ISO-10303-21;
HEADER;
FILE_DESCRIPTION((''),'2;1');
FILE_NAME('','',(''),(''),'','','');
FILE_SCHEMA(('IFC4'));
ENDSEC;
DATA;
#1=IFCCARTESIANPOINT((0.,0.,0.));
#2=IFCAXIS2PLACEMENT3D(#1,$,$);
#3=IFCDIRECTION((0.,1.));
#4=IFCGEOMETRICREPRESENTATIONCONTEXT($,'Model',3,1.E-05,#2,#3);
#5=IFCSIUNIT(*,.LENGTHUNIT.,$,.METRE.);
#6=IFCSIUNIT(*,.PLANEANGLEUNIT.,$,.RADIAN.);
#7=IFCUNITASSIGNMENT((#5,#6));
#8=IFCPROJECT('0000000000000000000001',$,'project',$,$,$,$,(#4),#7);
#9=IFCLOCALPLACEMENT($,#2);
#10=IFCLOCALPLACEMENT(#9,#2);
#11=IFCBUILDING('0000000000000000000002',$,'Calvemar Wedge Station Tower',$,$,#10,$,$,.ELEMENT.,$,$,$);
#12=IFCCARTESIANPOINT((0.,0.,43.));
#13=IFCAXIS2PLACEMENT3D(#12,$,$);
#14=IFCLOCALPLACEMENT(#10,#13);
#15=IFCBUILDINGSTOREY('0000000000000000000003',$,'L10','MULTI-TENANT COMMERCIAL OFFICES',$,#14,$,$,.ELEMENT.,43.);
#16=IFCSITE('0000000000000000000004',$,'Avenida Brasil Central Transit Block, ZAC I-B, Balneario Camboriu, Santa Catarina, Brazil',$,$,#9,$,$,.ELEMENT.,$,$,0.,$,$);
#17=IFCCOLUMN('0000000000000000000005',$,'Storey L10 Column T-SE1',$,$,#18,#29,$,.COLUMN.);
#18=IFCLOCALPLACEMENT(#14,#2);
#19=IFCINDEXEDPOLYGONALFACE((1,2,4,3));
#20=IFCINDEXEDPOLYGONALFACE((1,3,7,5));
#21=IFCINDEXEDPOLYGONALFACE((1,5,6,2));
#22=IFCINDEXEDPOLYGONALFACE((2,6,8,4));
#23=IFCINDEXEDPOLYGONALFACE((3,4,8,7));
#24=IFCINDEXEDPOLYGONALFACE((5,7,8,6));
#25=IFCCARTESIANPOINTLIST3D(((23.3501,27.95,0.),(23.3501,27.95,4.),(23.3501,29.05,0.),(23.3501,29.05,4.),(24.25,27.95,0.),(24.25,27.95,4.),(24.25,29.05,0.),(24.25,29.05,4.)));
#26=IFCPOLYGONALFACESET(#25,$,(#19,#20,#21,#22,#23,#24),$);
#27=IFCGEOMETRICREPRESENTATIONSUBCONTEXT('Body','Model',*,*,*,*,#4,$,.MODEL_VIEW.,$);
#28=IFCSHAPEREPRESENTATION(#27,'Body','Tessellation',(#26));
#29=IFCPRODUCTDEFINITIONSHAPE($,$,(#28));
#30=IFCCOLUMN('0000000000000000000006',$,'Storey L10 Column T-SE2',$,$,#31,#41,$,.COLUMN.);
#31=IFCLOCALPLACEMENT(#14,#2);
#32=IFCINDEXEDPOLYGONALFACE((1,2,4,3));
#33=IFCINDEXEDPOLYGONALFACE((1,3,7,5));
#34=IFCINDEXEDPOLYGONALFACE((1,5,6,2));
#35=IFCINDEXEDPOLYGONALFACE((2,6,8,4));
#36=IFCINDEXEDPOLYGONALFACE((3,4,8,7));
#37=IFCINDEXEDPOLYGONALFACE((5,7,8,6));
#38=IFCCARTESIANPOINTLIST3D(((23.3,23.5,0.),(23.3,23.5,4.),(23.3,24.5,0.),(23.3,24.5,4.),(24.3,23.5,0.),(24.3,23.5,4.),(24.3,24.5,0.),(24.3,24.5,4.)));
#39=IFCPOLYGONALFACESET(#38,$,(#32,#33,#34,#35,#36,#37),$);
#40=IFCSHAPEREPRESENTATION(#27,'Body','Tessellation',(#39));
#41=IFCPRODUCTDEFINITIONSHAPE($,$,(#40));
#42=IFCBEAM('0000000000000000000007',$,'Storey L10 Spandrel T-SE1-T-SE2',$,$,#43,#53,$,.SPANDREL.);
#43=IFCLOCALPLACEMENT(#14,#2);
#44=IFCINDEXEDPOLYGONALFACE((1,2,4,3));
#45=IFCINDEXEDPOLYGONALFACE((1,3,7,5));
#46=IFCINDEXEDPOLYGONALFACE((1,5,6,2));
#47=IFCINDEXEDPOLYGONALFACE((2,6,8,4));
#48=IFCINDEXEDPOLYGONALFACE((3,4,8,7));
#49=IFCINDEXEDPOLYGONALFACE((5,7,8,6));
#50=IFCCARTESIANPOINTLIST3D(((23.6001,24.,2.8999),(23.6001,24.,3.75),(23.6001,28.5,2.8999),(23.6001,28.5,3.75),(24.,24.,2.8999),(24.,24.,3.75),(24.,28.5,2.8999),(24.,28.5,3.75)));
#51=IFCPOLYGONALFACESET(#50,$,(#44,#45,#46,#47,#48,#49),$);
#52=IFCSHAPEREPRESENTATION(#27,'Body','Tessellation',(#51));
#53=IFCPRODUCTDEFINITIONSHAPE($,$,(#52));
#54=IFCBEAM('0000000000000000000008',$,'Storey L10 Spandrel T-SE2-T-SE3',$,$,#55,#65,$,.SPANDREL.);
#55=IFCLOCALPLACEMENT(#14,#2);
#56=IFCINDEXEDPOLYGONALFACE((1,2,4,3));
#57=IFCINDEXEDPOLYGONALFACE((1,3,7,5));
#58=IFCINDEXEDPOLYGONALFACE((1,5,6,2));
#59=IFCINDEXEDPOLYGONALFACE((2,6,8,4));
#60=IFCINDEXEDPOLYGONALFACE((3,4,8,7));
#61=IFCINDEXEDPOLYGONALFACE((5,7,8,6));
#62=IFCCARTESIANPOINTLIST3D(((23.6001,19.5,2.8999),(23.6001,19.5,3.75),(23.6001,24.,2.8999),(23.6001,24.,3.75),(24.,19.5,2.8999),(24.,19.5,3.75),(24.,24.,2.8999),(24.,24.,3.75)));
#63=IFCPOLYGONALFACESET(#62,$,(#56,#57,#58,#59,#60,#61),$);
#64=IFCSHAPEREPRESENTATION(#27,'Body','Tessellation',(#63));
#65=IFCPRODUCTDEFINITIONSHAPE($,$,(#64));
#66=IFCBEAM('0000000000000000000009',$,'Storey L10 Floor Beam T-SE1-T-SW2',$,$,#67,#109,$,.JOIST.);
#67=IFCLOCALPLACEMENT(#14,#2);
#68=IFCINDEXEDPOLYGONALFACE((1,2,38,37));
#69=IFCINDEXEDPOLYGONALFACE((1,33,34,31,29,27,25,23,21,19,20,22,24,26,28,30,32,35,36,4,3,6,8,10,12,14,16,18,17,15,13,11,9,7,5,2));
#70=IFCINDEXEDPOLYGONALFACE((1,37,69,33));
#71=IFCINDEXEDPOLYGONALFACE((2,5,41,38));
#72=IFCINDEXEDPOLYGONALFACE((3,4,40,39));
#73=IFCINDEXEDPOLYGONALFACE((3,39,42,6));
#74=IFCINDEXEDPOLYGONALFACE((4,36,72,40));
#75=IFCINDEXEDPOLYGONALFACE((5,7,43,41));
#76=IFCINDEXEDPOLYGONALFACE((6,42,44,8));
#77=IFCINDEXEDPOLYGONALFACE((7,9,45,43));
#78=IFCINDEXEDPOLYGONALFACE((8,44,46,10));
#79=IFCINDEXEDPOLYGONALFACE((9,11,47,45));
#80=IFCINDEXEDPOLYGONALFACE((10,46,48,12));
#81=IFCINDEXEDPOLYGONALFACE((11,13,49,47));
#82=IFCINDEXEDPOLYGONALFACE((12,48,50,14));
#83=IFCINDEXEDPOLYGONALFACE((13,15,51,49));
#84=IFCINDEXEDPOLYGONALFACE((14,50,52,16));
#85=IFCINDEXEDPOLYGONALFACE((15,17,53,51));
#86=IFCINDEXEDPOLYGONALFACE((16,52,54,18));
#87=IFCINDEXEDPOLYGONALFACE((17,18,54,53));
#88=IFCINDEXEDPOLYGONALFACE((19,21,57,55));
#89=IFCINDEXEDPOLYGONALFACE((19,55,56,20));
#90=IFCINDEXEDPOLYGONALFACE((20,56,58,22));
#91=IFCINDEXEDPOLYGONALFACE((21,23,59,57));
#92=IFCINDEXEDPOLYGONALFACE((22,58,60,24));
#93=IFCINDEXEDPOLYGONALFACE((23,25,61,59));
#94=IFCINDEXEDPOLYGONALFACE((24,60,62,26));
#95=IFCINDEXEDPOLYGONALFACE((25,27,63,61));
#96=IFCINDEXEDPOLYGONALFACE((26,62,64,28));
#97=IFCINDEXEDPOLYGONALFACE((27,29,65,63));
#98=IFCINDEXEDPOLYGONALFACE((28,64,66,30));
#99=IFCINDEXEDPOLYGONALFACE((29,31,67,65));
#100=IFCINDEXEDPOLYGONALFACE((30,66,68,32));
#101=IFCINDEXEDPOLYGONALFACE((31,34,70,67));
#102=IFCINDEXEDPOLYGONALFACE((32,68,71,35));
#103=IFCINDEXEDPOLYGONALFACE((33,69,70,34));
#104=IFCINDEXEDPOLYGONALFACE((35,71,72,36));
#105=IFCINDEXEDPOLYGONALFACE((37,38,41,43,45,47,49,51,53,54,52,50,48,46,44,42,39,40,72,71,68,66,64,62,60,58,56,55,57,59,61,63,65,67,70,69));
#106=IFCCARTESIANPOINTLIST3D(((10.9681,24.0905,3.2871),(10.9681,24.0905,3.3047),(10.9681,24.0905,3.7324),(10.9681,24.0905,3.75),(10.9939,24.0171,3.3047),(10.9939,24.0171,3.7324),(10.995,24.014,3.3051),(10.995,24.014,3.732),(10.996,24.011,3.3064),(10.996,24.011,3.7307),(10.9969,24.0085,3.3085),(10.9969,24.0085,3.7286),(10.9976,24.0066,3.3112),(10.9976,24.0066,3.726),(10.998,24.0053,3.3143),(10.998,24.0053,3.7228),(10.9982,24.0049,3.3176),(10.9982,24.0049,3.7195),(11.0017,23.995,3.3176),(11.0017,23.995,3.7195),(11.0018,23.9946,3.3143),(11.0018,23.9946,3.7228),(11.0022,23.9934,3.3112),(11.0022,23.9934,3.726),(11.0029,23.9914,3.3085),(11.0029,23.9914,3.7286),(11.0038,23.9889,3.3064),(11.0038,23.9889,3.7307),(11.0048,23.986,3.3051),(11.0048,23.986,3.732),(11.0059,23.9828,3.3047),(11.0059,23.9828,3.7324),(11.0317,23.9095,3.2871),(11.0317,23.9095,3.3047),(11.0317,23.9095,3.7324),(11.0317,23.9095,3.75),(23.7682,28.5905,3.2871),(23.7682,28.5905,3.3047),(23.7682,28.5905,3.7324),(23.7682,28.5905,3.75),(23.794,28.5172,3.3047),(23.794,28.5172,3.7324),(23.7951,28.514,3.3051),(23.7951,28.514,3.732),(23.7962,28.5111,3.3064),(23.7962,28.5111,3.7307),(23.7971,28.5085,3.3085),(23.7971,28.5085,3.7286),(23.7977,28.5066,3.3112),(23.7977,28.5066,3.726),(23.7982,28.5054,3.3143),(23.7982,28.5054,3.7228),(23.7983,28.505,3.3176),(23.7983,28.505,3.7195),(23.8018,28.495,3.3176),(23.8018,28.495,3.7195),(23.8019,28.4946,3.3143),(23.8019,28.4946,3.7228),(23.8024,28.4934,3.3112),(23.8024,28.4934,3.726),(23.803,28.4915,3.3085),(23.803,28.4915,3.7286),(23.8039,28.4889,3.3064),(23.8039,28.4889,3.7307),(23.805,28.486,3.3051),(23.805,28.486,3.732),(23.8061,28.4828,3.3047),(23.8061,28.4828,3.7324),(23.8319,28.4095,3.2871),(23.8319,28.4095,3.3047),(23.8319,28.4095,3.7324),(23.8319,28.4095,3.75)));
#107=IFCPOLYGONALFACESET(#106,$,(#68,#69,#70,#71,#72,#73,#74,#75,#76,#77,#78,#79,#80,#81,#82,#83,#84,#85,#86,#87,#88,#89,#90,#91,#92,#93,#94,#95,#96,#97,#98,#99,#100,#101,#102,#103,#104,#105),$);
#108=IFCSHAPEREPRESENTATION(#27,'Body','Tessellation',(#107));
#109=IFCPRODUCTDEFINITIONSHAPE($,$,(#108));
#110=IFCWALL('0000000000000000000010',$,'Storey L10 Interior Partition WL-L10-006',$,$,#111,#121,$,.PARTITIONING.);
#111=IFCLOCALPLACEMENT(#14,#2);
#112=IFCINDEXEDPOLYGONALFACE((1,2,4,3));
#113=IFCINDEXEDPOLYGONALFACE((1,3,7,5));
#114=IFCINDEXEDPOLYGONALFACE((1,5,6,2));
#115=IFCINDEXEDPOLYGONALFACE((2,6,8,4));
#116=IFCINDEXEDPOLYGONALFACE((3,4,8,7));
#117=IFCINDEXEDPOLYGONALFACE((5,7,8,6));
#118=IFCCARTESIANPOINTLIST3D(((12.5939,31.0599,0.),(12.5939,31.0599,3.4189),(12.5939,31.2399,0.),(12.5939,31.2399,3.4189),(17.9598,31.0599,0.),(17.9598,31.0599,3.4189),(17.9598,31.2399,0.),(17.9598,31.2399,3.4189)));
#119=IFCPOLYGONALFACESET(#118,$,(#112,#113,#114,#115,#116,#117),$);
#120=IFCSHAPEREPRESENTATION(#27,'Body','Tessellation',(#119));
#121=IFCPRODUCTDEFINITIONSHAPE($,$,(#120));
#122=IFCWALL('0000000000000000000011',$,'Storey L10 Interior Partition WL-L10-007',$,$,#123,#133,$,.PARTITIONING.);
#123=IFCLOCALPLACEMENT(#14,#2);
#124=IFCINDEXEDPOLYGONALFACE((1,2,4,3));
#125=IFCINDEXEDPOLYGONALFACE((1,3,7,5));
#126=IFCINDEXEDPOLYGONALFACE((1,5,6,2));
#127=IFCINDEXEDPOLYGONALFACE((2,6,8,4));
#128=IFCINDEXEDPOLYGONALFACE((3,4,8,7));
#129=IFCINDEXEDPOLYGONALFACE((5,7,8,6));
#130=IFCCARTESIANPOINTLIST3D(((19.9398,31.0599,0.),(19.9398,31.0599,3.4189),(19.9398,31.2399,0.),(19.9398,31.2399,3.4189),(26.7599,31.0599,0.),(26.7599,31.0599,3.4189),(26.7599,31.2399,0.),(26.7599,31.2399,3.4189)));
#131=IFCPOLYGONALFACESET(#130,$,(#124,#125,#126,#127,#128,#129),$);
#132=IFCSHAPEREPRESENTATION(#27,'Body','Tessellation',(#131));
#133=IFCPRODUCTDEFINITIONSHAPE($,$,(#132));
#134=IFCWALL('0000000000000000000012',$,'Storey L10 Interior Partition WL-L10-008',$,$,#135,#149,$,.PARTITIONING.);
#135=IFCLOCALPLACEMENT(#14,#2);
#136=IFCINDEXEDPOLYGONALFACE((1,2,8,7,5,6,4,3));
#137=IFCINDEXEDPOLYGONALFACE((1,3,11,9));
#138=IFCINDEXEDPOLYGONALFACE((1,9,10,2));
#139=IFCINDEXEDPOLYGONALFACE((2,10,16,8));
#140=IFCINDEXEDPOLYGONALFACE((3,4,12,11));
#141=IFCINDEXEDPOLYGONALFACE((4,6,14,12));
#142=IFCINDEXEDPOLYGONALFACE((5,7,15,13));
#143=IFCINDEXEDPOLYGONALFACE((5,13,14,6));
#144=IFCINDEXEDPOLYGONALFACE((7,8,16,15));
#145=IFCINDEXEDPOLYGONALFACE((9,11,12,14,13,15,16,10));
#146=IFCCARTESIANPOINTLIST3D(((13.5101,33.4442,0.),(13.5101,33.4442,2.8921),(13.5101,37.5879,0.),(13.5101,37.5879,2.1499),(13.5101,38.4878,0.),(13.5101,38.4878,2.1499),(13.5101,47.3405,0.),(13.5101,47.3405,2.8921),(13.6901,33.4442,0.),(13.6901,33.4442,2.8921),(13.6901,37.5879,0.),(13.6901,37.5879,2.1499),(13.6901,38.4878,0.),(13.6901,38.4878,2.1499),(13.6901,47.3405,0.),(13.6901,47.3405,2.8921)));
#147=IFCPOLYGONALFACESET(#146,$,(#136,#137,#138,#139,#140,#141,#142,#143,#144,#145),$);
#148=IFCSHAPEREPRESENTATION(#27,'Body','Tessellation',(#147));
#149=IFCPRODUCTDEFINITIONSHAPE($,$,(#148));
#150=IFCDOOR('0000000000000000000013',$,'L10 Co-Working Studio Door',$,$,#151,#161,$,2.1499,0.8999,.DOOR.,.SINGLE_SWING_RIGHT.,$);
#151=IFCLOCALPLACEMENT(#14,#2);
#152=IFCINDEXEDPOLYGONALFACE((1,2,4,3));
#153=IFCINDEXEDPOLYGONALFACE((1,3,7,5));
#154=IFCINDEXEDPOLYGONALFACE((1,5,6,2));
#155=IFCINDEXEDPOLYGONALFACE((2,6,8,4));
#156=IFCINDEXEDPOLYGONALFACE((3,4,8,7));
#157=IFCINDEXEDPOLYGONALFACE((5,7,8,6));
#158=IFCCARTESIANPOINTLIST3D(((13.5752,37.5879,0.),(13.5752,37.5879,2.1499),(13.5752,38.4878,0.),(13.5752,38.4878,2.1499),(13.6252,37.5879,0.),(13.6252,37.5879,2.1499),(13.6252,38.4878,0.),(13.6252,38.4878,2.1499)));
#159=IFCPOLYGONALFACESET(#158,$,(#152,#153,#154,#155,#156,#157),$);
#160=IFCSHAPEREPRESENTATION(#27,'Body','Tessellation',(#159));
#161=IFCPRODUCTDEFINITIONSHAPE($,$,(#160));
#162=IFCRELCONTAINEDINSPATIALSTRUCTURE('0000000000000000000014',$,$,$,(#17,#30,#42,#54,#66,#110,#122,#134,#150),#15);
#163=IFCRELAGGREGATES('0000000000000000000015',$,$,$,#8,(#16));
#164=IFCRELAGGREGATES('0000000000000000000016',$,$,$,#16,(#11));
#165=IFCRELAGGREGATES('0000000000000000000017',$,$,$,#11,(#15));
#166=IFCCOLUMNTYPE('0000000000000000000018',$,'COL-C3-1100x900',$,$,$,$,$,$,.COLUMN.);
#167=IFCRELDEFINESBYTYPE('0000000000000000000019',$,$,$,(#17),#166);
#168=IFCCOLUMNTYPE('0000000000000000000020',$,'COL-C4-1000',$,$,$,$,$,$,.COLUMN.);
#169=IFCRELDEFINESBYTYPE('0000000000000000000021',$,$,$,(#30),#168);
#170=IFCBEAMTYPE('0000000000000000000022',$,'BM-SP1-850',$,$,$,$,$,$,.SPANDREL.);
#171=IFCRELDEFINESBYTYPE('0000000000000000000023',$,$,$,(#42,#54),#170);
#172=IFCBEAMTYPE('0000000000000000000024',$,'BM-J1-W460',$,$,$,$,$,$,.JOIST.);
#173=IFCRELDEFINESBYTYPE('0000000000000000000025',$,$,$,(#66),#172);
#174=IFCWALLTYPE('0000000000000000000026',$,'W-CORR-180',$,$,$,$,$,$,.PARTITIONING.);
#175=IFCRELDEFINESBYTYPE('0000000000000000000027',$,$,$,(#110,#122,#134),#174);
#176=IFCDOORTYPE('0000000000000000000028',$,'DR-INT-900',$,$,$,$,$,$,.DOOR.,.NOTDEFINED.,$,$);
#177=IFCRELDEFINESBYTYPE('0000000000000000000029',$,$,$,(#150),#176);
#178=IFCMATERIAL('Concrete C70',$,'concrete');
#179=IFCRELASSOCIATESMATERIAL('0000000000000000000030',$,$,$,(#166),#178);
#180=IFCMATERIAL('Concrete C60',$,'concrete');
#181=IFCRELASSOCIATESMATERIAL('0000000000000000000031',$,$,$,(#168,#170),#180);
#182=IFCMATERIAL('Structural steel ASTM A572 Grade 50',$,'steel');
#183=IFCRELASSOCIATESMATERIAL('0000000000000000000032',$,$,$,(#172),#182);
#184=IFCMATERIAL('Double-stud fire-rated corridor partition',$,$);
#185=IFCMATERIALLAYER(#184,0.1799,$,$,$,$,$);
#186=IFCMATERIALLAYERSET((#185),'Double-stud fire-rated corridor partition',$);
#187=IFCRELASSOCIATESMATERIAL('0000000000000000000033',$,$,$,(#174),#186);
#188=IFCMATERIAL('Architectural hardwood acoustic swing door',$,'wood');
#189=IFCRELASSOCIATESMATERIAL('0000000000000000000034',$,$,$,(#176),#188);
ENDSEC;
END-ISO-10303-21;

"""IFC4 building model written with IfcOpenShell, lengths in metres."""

from ifc_helpers import new_model, si_unit, direction, frame, frame_2d, origin, origin_2d, place, context, subcontext, project, spatial, rectangle, i_section, extrude, source, transform, mapped, material, layer, layer_set, material_profile, profile_set, type_object, element, fill, save


model = new_model("IFC4")

# Units and contexts
model_context = context("Model", 3, precision=1e-05, world=origin(), true_north=direction((0.0, 1.0)))
body_context = subcontext(model_context, "Body", "Model", "MODEL_VIEW")
ifc_project = project(units=[si_unit("LENGTHUNIT", "METRE"), si_unit("PLANEANGLEUNIT", "RADIAN")], contexts=[model_context])

# Site, building, storey
site_placement = place(None, origin())
site = spatial("IfcSite", under=ifc_project, at=site_placement, Name="Avenida Brasil Central Transit Block, ZAC I-B, Balneario Camboriu, Santa Catarina, Brazil", CompositionType="ELEMENT", RefElevation=0.0)
building_placement = place(site_placement, origin())
building = spatial("IfcBuilding", under=site, at=building_placement, Name="Calvemar Wedge Station Tower", CompositionType="ELEMENT")
storey_placement = place(building_placement, frame((0.0, 0.0, 43.0)))
storey = spatial("IfcBuildingStorey", under=building, at=storey_placement, Name="L10", Description="MULTI-TENANT COMMERCIAL OFFICES", CompositionType="ELEMENT", Elevation=43.0)

# Columns
ifc_material_1 = material(Name="Concrete C70", Category="concrete")
ifc_material_profile_1 = material_profile(ifc_material_1, rectangle(XDim=0.8999, YDim=1.1001, at=origin_2d()), Name="RC1100x900")
ifc_profile_set_1 = profile_set([ifc_material_profile_1], Name="Concrete C70")
column_type_1 = type_object("IfcColumnType", Name="COL-C3-1100x900", PredefinedType="COLUMN", material=ifc_profile_set_1)
shared_shape_1 = source(origin(), body_context, "Body", "SweptSolid", [
    extrude(rectangle(XDim=0.8999, YDim=1.1001, at=origin_2d()), origin(), (0.0, 0.0, 1.0), 4.0),
])
column_1_placement = place(storey_placement, frame((23.8, 28.5, 0.0), z_axis=(0.0, 0.0, 1.0), x_axis=(1.0, 0.0, 0.0)))
element("IfcColumn", 1, at=column_1_placement, inside=storey, type_object=column_type_1, Name="Storey L10 Column T-SE1", PredefinedType="COLUMN", context=body_context, shape_type="MappedRepresentation", body=[
    mapped(shared_shape_1, transform((0.0, 0.0, 0.0), scale=1.0)),
])
ifc_material_2 = material(Name="Concrete C60", Category="concrete")
ifc_material_profile_2 = material_profile(ifc_material_2, rectangle(XDim=1.0, YDim=1.0, at=origin_2d()), Name="RC1000x1000")
ifc_profile_set_2 = profile_set([ifc_material_profile_2], Name="Concrete C60")
column_type_2 = type_object("IfcColumnType", Name="COL-C4-1000", PredefinedType="COLUMN", material=ifc_profile_set_2)
shared_shape_2 = source(origin(), body_context, "Body", "SweptSolid", [
    extrude(rectangle(XDim=1.0, YDim=1.0, at=origin_2d()), origin(), (0.0, 0.0, 1.0), 4.0),
])
column_2_placement = place(storey_placement, frame((23.8, 24.0, 0.0), z_axis=(0.0, 0.0, 1.0), x_axis=(1.0, 0.0, 0.0)))
element("IfcColumn", 2, at=column_2_placement, inside=storey, type_object=column_type_2, Name="Storey L10 Column T-SE2", PredefinedType="COLUMN", context=body_context, shape_type="MappedRepresentation", body=[
    mapped(shared_shape_2, transform((0.0, 0.0, 0.0), scale=1.0)),
])

# Beams
ifc_material_profile_3 = material_profile(ifc_material_2, rectangle(XDim=0.3999, YDim=0.8501, at=origin_2d()), Name="RC400x850")
ifc_profile_set_3 = profile_set([ifc_material_profile_3], Name="Concrete C60")
beam_type_1 = type_object("IfcBeamType", Name="BM-SP1-850", PredefinedType="SPANDREL", material=ifc_profile_set_3)
shared_shape_3 = source(origin(), body_context, "Body", "SweptSolid", [
    extrude(rectangle(XDim=0.3999, YDim=0.8501, at=origin_2d()), origin(), (0.0, 0.0, 1.0), 4.5),
])
for number, where, z_axis, x_axis, name in (
    (3, (23.8, 28.5, 3.325), (0.0, -1.0, 0.0), (1.0, 0.0, 0.0), "Storey L10 Spandrel T-SE1-T-SE2"),
    (4, (23.8, 24.0, 3.325), (0.0, -1.0, 0.0), (1.0, 0.0, 0.0), "Storey L10 Spandrel T-SE2-T-SE3"),
):
    element("IfcBeam", number, at=place(storey_placement, frame(where, z_axis=z_axis, x_axis=x_axis)), inside=storey, type_object=beam_type_1, Name=name, PredefinedType="SPANDREL", context=body_context, shape_type="MappedRepresentation", body=[
        mapped(shared_shape_3, transform((0.0, 0.0, 0.0), scale=1.0)),
    ])
ifc_material_3 = material(Name="Structural steel ASTM A572 Grade 50", Category="steel")
ifc_material_profile_4 = material_profile(ifc_material_3, i_section(OverallWidth=0.1919, OverallDepth=0.4629, WebThickness=0.0105, FlangeThickness=0.0176, FilletRadius=0.0129, at=origin_2d()), Name="W460x89")
ifc_profile_set_4 = profile_set([ifc_material_profile_4], Name="Structural steel ASTM A572 Grade 50")
beam_type_2 = type_object("IfcBeamType", Name="BM-J1-W460", PredefinedType="JOIST", material=ifc_profile_set_4)
shared_shape_4 = source(origin(), body_context, "Body", "SweptSolid", [
    extrude(i_section(OverallWidth=0.1919, OverallDepth=0.4629, WebThickness=0.0105, FlangeThickness=0.0176, FilletRadius=0.0129, at=origin_2d()), origin(), (0.0, 0.0, 1.0), 13.5681),
])
beam_placement = place(storey_placement, frame((23.8, 28.5, 3.5186), z_axis=(-0.943398, -0.331662, 0.0), x_axis=(0.331662, -0.943398, 0.0)))
element("IfcBeam", 5, at=beam_placement, inside=storey, type_object=beam_type_2, Name="Storey L10 Floor Beam T-SE1-T-SW2", PredefinedType="JOIST", context=body_context, shape_type="MappedRepresentation", body=[
    mapped(shared_shape_4, transform((0.0, 0.0, 0.0), scale=1.0)),
])

# Walls
ifc_material_4 = material(Name="Double-stud fire-rated corridor partition")
ifc_layer_1 = layer(ifc_material_4, 0.1799)
ifc_layer_set_1 = layer_set([ifc_layer_1], Name="Double-stud fire-rated corridor partition")
wall_type_1 = type_object("IfcWallType", Name="W-CORR-180", PredefinedType="PARTITIONING", material=ifc_layer_set_1)
wall_1_placement = place(storey_placement, frame((17.96, 31.1499, 0.0), z_axis=(0.0, 0.0, 1.0), x_axis=(-1.0, 0.0, 0.0)))
element("IfcWall", 6, at=wall_1_placement, inside=storey, type_object=wall_type_1, Name="Storey L10 Interior Partition WL-L10-006", PredefinedType="PARTITIONING", context=body_context, shape_type="SweptSolid", body=[
    extrude(rectangle(XDim=5.366, YDim=0.1799, at=frame_2d((2.6831, 0.0))), origin(), (0.0, 0.0, 1.0), 3.4189),
])
wall_2_placement = place(storey_placement, frame((26.76, 31.1499, 0.0), z_axis=(0.0, 0.0, 1.0), x_axis=(-1.0, 0.0, 0.0)))
element("IfcWall", 7, at=wall_2_placement, inside=storey, type_object=wall_type_1, Name="Storey L10 Interior Partition WL-L10-007", PredefinedType="PARTITIONING", context=body_context, shape_type="SweptSolid", body=[
    extrude(rectangle(XDim=6.8201, YDim=0.1799, at=frame_2d((3.4102, 0.0))), origin(), (0.0, 0.0, 1.0), 3.4189),
])

# Wall, opening, door
wall_3_placement = place(storey_placement, frame((13.6001, 33.4441, 0.0), z_axis=(0.0, 0.0, 1.0), x_axis=(0.0, 1.0, 0.0)))
wall_3 = element("IfcWall", 8, at=wall_3_placement, inside=storey, type_object=wall_type_1, Name="Storey L10 Interior Partition WL-L10-008", PredefinedType="PARTITIONING", context=body_context, shape_type="SweptSolid", body=[
    extrude(rectangle(XDim=13.8962, YDim=0.1799, at=frame_2d((6.9482, 0.0))), origin(), (0.0, 0.0, 1.0), 2.8921),
])
shared_shape_5 = source(origin(), body_context, "Body", "SweptSolid", [
    extrude(rectangle(XDim=0.8999, YDim=2.1499, at=frame_2d((0.45, 1.075))), frame((0.0, 0.1001, 0.0), z_axis=(0.0, -1.0, 0.0), x_axis=(1.0, 0.0, 0.0)), (0.0, 0.0, 1.0), 0.2),
])
opening_1_placement = place(wall_3_placement, frame((4.1438, 0.0, 0.0)))
opening_1 = element("IfcOpeningElement", 9, at=opening_1_placement, cuts=wall_3, PredefinedType="OPENING", context=body_context, shape_type="MappedRepresentation", body=[
    mapped(shared_shape_5, transform((0.0, 0.0, 0.0), scale=1.0)),
])
ifc_material_5 = material(Name="Architectural hardwood acoustic swing door", Category="wood")
door_type_1 = type_object("IfcDoorType", Name="DR-INT-900", OperationType="NOTDEFINED", PredefinedType="DOOR", material=ifc_material_5)
shared_shape_6 = source(origin(), body_context, "Body", "SweptSolid", [
    extrude(rectangle(XDim=0.8999, YDim=2.1499, at=frame_2d((0.45, 1.075))), frame((0.0, 0.0249, 0.0), z_axis=(0.0, -1.0, 0.0), x_axis=(1.0, 0.0, 0.0)), (0.0, 0.0, 1.0), 0.05),
])
door_1_placement = place(opening_1_placement, origin())
door_1 = element("IfcDoor", 10, at=door_1_placement, inside=storey, type_object=door_type_1, Name="L10 Co-Working Studio Door", OperationType="SINGLE_SWING_RIGHT", OverallHeight=2.1499, OverallWidth=0.8999, PredefinedType="DOOR", context=body_context, shape_type="MappedRepresentation", body=[
    mapped(shared_shape_6, transform((0.0, 0.0, 0.0), scale=1.0)),
])
fill(opening_1, door_1)

save(model, "model.ifc")
